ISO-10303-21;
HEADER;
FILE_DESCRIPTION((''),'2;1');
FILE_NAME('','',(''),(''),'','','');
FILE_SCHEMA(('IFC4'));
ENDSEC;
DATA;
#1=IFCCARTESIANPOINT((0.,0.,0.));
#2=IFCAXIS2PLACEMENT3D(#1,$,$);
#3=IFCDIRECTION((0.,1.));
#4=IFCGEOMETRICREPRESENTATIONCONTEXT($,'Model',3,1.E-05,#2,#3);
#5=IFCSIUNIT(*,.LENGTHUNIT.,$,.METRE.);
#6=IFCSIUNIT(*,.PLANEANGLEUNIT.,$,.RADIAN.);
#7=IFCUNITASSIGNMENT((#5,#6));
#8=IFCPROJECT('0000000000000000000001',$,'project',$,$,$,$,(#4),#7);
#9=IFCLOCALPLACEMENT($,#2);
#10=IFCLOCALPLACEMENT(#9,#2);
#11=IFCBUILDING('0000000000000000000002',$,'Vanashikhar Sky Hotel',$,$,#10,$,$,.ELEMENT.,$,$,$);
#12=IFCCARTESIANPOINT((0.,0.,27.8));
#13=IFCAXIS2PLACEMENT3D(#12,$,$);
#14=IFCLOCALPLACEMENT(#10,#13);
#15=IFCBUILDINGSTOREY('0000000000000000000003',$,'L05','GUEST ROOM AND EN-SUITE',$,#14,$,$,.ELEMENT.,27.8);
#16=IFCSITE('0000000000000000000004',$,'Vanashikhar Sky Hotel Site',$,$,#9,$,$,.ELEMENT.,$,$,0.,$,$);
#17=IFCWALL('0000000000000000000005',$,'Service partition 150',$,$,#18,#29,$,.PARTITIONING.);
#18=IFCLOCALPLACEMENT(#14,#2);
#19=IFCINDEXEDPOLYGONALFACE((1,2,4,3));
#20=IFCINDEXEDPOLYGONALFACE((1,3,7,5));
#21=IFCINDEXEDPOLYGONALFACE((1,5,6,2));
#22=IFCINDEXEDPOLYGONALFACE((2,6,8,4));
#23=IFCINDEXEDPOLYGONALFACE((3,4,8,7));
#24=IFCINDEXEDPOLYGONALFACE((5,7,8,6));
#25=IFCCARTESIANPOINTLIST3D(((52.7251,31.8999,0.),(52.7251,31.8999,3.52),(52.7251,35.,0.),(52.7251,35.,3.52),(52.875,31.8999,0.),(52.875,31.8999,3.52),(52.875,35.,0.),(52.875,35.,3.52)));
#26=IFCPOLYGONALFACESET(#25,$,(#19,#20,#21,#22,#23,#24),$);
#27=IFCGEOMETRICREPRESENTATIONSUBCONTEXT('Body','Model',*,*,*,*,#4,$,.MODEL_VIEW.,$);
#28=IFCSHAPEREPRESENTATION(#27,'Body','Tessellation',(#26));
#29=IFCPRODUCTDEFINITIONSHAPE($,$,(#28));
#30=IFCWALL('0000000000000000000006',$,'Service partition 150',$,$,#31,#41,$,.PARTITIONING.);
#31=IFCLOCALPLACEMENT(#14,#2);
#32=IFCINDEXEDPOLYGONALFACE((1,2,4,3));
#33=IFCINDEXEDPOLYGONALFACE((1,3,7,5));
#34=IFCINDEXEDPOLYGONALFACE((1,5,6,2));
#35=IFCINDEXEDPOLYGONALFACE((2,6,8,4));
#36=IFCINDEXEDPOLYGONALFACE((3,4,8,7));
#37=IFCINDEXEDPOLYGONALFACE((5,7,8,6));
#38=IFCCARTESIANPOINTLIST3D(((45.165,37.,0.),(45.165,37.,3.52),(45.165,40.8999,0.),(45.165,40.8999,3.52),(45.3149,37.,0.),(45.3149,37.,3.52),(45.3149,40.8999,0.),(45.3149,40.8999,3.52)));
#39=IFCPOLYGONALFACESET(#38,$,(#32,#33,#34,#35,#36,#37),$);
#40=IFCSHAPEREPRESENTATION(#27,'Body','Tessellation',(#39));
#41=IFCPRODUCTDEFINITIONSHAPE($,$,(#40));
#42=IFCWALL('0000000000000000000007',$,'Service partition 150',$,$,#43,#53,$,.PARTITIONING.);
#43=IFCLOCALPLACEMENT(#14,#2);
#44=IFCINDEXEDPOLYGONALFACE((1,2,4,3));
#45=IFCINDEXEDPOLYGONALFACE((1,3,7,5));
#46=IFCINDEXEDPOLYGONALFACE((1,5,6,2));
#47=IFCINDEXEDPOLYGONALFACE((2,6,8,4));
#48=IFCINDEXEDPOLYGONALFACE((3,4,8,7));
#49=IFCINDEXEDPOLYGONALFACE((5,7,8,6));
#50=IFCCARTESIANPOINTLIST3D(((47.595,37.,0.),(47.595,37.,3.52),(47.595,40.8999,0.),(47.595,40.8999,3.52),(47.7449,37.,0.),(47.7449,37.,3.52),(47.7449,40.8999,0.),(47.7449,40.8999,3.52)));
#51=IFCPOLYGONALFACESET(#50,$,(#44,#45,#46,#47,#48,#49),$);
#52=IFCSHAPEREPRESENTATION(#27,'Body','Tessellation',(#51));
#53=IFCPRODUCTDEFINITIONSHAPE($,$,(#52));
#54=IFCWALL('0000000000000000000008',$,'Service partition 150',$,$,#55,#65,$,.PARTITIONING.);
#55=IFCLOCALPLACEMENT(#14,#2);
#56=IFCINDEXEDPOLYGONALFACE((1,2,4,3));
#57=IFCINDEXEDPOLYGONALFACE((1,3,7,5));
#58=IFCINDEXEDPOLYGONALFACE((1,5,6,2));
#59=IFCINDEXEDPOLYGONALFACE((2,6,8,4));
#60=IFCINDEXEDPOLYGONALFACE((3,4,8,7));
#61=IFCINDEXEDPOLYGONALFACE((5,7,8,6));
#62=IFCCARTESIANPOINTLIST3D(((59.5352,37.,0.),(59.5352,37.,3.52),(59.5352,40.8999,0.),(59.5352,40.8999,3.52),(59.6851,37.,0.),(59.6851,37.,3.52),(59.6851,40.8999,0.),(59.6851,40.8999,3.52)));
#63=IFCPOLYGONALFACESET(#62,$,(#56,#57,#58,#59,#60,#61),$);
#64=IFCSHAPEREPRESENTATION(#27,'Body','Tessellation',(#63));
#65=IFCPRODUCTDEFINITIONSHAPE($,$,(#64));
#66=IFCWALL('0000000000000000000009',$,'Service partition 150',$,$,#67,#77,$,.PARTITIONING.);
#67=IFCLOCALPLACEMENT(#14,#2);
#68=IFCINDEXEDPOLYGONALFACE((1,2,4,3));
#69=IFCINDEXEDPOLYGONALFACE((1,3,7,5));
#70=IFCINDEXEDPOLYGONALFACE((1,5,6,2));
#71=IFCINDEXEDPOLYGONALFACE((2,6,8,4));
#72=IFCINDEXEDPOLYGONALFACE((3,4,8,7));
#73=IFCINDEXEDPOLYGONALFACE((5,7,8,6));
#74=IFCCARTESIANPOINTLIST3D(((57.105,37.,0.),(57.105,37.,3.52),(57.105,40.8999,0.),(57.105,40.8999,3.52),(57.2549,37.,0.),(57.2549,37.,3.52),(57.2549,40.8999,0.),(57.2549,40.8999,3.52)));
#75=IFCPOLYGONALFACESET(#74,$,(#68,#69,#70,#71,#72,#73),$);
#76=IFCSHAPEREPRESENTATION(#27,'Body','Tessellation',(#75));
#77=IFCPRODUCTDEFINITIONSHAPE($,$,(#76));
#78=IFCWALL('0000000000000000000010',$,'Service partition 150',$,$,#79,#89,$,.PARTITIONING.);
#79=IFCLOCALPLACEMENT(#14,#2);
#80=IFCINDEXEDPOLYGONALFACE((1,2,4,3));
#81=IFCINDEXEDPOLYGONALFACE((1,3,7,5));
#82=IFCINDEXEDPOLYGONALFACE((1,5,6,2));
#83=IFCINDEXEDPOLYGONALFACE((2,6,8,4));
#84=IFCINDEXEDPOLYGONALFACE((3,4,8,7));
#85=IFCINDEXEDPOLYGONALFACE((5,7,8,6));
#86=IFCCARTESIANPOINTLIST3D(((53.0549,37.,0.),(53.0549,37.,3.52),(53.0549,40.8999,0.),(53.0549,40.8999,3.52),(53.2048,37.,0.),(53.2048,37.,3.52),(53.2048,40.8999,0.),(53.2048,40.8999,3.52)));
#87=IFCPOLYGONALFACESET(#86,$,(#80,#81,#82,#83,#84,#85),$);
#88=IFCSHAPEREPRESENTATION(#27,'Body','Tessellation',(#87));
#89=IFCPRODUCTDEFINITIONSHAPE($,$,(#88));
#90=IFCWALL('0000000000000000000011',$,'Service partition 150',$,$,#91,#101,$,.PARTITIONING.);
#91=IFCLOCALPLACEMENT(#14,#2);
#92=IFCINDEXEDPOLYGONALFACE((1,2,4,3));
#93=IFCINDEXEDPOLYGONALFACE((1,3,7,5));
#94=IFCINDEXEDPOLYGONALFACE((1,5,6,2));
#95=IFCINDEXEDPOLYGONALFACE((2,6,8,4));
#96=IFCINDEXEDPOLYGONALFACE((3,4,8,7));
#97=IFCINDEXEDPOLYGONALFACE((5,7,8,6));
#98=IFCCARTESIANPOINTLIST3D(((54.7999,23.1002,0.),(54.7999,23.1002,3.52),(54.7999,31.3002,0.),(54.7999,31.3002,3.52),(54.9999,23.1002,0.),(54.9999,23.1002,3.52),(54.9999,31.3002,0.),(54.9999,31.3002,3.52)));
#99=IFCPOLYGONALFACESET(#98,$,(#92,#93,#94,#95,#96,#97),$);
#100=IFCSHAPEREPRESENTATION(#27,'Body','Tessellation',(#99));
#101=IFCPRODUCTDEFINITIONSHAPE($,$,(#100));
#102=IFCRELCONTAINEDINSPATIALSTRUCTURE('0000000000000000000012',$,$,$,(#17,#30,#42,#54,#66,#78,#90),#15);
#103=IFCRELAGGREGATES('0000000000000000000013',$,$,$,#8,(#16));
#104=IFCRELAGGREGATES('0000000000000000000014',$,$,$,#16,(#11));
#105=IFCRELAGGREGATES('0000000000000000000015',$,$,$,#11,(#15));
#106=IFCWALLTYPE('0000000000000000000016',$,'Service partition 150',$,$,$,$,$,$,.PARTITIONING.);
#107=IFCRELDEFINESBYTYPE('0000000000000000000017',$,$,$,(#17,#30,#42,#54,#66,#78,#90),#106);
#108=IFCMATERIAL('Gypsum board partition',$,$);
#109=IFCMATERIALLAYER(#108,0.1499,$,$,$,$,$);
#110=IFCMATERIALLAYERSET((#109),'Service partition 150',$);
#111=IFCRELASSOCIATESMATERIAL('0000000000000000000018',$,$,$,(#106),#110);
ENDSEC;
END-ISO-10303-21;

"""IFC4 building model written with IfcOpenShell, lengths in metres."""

from ifc_helpers import new_model, si_unit, direction, frame, frame_2d, origin, place, context, subcontext, project, spatial, rectangle, extrude, source, transform, mapped, material, layer, layer_set, type_object, element, save


model = new_model("IFC4")

# Units and contexts
model_context = context("Model", 3, precision=1e-05, world=origin(), true_north=direction((0.0, 1.0)))
body_context = subcontext(model_context, "Body", "Model", "MODEL_VIEW")
ifc_project = project(units=[si_unit("LENGTHUNIT", "METRE"), si_unit("PLANEANGLEUNIT", "RADIAN")], contexts=[model_context])

# Site, building, storey
site_placement = place(None, origin())
site = spatial("IfcSite", under=ifc_project, at=site_placement, Name="Vanashikhar Sky Hotel Site", CompositionType="ELEMENT", RefElevation=0.0)
building_placement = place(site_placement, origin())
building = spatial("IfcBuilding", under=site, at=building_placement, Name="Vanashikhar Sky Hotel", CompositionType="ELEMENT")
storey_placement = place(building_placement, frame((0.0, 0.0, 27.8)))
storey = spatial("IfcBuildingStorey", under=building, at=storey_placement, Name="L05", Description="GUEST ROOM AND EN-SUITE", CompositionType="ELEMENT", Elevation=27.8)

# Walls
ifc_material_1 = material(Name="Gypsum board partition")
ifc_layer_1 = layer(ifc_material_1, 0.1499)
ifc_layer_set_1 = layer_set([ifc_layer_1], Name="Service partition 150")
wall_type_1 = type_object("IfcWallType", Name="Service partition 150", PredefinedType="PARTITIONING", material=ifc_layer_set_1)
shared_shape_1 = source(origin(), body_context, "Body", "SweptSolid", [
    extrude(rectangle(XDim=3.1001, YDim=0.1499, at=frame_2d((1.55, 0.0))), origin(), (0.0, 0.0, 1.0), 3.52),
])
for number, where, z_axis, x_axis, name in (
    (1, (52.8, 31.8999, 0.0), (0.0, 0.0, 1.0), (0.0, 1.0, 0.0), "Service partition 150"),
):
    element("IfcWall", number, at=place(storey_placement, frame(where, z_axis=z_axis, x_axis=x_axis)), inside=storey, type_object=wall_type_1, Name=name, PredefinedType="PARTITIONING", context=body_context, shape_type="MappedRepresentation", body=[
        mapped(shared_shape_1, transform((0.0, 0.0, 0.0), scale=1.0)),
    ])
shared_shape_2 = source(origin(), body_context, "Body", "SweptSolid", [
    extrude(rectangle(XDim=3.8999, YDim=0.1499, at=frame_2d((1.95, 0.0))), origin(), (0.0, 0.0, 1.0), 3.52),
])
for number, where, z_axis, x_axis, name in (
    (2, (45.24, 37.0, 0.0), (0.0, 0.0, 1.0), (0.0, 1.0, 0.0), "Service partition 150"),
    (3, (47.6699, 37.0, 0.0), (0.0, 0.0, 1.0), (0.0, 1.0, 0.0), "Service partition 150"),
    (4, (59.6101, 37.0, 0.0), (0.0, 0.0, 1.0), (0.0, 1.0, 0.0), "Service partition 150"),
    (5, (57.1799, 37.0, 0.0), (0.0, 0.0, 1.0), (0.0, 1.0, 0.0), "Service partition 150"),
    (6, (53.1299, 37.0, 0.0), (0.0, 0.0, 1.0), (0.0, 1.0, 0.0), "Service partition 150"),
):
    element("IfcWall", number, at=place(storey_placement, frame(where, z_axis=z_axis, x_axis=x_axis)), inside=storey, type_object=wall_type_1, Name=name, PredefinedType="PARTITIONING", context=body_context, shape_type="MappedRepresentation", body=[
        mapped(shared_shape_2, transform((0.0, 0.0, 0.0), scale=1.0)),
    ])
shared_shape_3 = source(origin(), body_context, "Body", "SweptSolid", [
    extrude(rectangle(XDim=8.2, YDim=0.2, at=frame_2d((4.1001, 0.0))), origin(), (0.0, 0.0, 1.0), 3.52),
])
wall_1_placement = place(storey_placement, frame((54.8999, 23.1001, 0.0), z_axis=(0.0, 0.0, 1.0), x_axis=(0.0, 1.0, 0.0)))
element("IfcWall", 7, at=wall_1_placement, inside=storey, type_object=wall_type_1, Name="Service partition 150", PredefinedType="PARTITIONING", context=body_context, shape_type="MappedRepresentation", body=[
    mapped(shared_shape_3, transform((0.0, 0.0, 0.0), scale=1.0)),
])

save(model, "model.ifc")
